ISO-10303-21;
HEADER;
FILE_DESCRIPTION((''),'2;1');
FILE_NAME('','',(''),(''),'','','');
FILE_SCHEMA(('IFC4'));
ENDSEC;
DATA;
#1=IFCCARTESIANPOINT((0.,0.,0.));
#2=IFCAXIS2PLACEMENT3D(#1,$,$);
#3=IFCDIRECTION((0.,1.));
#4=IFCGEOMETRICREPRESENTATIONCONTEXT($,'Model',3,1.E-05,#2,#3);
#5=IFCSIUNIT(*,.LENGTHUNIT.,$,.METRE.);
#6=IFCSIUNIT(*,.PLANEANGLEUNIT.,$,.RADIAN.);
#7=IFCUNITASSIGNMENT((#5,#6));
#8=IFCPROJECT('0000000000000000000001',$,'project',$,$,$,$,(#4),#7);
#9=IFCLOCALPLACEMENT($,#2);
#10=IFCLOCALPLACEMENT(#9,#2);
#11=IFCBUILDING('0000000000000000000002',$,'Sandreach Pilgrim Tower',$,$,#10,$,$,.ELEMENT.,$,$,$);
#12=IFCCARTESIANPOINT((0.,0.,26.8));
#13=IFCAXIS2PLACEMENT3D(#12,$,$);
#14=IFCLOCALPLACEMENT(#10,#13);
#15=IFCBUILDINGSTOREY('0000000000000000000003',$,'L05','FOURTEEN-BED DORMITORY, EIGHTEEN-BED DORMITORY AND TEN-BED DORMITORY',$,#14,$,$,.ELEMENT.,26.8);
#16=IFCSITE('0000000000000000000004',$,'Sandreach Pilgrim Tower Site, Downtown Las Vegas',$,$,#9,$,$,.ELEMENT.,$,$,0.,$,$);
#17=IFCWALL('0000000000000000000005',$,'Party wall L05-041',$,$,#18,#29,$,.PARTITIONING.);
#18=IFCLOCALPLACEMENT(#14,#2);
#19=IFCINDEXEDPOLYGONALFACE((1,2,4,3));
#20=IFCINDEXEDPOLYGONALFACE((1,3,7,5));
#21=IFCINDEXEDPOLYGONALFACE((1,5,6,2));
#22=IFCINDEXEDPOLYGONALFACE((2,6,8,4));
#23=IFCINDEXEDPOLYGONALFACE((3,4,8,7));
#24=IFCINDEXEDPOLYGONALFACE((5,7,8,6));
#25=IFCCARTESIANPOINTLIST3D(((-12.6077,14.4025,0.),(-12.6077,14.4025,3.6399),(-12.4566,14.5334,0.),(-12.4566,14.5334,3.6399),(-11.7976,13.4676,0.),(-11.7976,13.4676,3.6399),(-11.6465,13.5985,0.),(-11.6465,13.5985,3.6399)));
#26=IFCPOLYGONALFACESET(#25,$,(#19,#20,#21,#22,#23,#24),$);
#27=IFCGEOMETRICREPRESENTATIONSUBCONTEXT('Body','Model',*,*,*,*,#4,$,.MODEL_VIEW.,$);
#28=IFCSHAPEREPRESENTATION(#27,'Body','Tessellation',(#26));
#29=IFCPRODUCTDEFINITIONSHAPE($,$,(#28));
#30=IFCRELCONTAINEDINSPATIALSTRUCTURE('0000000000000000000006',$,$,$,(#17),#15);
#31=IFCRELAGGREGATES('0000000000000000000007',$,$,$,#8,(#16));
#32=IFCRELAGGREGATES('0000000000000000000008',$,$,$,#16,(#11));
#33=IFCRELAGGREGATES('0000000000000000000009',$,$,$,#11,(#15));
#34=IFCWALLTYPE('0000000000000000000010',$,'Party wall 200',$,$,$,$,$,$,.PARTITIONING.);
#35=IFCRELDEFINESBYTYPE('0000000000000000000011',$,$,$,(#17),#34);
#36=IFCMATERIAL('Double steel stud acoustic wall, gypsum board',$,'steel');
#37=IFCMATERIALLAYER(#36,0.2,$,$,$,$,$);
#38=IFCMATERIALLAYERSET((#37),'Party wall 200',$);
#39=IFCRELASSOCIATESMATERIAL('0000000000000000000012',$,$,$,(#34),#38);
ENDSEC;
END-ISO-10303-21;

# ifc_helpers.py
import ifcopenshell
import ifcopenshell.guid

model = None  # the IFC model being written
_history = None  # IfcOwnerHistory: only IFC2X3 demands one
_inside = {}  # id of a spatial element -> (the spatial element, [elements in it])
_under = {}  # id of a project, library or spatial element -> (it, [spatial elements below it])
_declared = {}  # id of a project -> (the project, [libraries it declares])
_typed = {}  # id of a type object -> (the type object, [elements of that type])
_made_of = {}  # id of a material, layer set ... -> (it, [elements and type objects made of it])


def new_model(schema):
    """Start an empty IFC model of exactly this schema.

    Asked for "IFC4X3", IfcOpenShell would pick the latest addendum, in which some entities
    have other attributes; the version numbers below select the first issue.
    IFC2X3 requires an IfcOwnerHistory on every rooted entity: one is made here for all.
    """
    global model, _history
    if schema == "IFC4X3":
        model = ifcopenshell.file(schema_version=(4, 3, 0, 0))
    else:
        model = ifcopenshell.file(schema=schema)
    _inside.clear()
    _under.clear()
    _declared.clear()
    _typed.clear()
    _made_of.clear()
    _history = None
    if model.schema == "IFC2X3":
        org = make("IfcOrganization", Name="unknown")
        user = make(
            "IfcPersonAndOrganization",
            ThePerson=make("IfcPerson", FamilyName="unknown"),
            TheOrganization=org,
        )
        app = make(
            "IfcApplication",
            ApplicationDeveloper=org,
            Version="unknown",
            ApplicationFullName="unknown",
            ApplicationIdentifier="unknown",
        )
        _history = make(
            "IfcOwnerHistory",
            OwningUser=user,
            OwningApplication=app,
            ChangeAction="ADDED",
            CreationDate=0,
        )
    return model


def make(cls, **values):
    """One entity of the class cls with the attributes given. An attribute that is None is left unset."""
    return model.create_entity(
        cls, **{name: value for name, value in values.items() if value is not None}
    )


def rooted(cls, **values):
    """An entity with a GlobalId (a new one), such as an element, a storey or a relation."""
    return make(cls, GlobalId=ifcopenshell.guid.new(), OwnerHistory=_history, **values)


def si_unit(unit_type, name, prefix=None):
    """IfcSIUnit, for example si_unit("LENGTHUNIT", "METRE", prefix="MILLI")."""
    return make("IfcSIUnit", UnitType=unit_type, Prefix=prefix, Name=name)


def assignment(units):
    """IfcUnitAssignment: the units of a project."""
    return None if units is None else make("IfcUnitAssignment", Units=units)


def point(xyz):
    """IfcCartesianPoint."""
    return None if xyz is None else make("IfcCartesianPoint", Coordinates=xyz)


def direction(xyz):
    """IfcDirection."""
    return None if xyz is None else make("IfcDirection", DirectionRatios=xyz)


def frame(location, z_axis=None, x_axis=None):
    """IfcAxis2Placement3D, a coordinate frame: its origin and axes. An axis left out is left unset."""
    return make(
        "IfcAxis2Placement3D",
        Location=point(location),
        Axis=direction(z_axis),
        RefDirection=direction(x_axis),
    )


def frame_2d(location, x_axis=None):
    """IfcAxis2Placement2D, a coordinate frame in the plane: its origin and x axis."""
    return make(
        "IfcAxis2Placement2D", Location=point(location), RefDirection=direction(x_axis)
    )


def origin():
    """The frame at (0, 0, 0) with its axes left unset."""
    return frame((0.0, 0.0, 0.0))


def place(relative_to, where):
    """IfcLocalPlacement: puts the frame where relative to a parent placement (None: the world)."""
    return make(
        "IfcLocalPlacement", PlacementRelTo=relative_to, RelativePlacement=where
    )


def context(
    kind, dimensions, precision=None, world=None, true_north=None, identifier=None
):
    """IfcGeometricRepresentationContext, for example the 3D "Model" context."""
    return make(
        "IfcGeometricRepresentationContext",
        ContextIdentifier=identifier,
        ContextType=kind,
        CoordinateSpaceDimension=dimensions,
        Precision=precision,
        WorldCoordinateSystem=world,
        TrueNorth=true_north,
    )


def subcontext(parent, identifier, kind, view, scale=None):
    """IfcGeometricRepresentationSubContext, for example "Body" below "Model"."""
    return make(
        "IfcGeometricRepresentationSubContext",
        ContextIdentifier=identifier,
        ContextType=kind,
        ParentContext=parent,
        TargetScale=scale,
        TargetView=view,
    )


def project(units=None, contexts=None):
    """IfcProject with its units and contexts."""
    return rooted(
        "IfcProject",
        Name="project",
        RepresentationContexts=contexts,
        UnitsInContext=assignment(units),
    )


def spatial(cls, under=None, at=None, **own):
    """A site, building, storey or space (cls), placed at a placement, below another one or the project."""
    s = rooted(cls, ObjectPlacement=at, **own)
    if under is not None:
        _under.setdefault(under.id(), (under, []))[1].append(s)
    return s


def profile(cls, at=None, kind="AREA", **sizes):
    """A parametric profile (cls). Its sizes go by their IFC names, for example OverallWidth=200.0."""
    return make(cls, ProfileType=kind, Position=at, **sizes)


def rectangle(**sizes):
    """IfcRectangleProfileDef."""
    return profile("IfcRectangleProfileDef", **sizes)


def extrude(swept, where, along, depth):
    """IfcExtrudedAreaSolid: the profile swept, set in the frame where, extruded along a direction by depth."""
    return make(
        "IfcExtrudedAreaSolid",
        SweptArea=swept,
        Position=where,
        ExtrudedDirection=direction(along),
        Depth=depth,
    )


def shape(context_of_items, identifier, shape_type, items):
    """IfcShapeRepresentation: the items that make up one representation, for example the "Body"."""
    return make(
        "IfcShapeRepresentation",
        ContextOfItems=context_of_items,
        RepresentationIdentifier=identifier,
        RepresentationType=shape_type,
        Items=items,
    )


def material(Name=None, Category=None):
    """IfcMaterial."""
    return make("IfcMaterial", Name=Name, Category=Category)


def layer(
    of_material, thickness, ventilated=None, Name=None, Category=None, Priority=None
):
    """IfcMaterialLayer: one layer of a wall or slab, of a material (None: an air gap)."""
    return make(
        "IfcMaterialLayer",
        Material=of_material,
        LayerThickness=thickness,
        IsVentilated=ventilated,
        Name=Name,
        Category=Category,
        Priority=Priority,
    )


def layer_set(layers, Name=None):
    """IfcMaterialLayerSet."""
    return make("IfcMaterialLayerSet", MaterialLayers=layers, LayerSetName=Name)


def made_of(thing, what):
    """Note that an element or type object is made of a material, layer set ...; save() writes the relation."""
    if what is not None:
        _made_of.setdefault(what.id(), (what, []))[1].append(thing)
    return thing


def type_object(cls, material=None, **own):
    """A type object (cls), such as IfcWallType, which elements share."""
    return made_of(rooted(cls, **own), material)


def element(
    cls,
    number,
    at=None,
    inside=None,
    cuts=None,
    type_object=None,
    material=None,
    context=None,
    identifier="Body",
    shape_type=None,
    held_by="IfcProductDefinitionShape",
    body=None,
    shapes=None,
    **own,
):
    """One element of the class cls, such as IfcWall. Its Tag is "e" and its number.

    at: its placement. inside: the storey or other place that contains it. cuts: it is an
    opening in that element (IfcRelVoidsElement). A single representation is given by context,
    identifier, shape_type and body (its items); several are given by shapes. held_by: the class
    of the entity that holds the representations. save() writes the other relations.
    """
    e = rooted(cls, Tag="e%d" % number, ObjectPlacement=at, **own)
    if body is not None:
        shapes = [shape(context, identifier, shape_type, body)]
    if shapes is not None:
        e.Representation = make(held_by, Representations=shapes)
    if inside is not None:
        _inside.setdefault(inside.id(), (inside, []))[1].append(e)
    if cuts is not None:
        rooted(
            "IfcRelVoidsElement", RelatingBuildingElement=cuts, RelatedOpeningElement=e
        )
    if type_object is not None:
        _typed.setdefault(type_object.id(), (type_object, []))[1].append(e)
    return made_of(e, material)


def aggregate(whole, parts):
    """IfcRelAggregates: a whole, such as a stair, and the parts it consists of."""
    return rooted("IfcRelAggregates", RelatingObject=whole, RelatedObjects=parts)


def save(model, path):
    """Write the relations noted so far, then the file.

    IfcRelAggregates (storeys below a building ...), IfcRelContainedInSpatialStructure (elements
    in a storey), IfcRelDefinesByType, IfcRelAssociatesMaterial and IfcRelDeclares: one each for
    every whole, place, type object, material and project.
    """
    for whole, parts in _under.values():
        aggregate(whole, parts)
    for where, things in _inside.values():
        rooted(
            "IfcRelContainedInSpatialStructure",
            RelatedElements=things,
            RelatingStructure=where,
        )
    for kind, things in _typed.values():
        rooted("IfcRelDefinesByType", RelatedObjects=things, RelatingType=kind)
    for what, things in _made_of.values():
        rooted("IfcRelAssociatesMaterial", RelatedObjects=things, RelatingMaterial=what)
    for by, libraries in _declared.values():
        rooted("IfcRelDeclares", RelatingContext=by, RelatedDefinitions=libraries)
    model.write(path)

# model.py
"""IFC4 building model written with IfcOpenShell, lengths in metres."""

from ifc_helpers import new_model, si_unit, direction, frame, frame_2d, origin, place, context, subcontext, project, spatial, rectangle, extrude, material, layer, layer_set, type_object, element, save


model = new_model("IFC4")

# Units and contexts
model_context = context("Model", 3, precision=1e-05, world=origin(), true_north=direction((0.0, 1.0)))
body_context = subcontext(model_context, "Body", "Model", "MODEL_VIEW")
ifc_project = project(units=[si_unit("LENGTHUNIT", "METRE"), si_unit("PLANEANGLEUNIT", "RADIAN")], contexts=[model_context])

# Site, building, storey
site_placement = place(None, origin())
site = spatial("IfcSite", under=ifc_project, at=site_placement, Name="Sandreach Pilgrim Tower Site, Downtown Las Vegas", CompositionType="ELEMENT", RefElevation=0.0)
building_placement = place(site_placement, origin())
building = spatial("IfcBuilding", under=site, at=building_placement, Name="Sandreach Pilgrim Tower", CompositionType="ELEMENT")
storey_placement = place(building_placement, frame((0.0, 0.0, 26.8)))
storey = spatial("IfcBuildingStorey", under=building, at=storey_placement, Name="L05", Description="FOURTEEN-BED DORMITORY, EIGHTEEN-BED DORMITORY AND TEN-BED DORMITORY", CompositionType="ELEMENT", Elevation=26.8)

# Wall
ifc_material_1 = material(Name="Double steel stud acoustic wall, gypsum board", Category="steel")
ifc_layer_1 = layer(ifc_material_1, 0.2)
ifc_layer_set_1 = layer_set([ifc_layer_1], Name="Party wall 200")
wall_type_1 = type_object("IfcWallType", Name="Party wall 200", PredefinedType="PARTITIONING", material=ifc_layer_set_1)
wall_1_placement = place(storey_placement, frame((-12.5322, 14.468, 0.0), z_axis=(0.0, 0.0, 1.0), x_axis=(0.654878, -0.755735, 0.0)))
element("IfcWall", 1, at=wall_1_placement, inside=storey, type_object=wall_type_1, Name="Party wall L05-041", PredefinedType="PARTITIONING", context=body_context, shape_type="SweptSolid", body=[
    extrude(rectangle(XDim=1.2371, YDim=0.2, at=frame_2d((0.6187, 0.0))), origin(), (0.0, 0.0, 1.0), 3.6399),
])

save(model, "model.ifc")
